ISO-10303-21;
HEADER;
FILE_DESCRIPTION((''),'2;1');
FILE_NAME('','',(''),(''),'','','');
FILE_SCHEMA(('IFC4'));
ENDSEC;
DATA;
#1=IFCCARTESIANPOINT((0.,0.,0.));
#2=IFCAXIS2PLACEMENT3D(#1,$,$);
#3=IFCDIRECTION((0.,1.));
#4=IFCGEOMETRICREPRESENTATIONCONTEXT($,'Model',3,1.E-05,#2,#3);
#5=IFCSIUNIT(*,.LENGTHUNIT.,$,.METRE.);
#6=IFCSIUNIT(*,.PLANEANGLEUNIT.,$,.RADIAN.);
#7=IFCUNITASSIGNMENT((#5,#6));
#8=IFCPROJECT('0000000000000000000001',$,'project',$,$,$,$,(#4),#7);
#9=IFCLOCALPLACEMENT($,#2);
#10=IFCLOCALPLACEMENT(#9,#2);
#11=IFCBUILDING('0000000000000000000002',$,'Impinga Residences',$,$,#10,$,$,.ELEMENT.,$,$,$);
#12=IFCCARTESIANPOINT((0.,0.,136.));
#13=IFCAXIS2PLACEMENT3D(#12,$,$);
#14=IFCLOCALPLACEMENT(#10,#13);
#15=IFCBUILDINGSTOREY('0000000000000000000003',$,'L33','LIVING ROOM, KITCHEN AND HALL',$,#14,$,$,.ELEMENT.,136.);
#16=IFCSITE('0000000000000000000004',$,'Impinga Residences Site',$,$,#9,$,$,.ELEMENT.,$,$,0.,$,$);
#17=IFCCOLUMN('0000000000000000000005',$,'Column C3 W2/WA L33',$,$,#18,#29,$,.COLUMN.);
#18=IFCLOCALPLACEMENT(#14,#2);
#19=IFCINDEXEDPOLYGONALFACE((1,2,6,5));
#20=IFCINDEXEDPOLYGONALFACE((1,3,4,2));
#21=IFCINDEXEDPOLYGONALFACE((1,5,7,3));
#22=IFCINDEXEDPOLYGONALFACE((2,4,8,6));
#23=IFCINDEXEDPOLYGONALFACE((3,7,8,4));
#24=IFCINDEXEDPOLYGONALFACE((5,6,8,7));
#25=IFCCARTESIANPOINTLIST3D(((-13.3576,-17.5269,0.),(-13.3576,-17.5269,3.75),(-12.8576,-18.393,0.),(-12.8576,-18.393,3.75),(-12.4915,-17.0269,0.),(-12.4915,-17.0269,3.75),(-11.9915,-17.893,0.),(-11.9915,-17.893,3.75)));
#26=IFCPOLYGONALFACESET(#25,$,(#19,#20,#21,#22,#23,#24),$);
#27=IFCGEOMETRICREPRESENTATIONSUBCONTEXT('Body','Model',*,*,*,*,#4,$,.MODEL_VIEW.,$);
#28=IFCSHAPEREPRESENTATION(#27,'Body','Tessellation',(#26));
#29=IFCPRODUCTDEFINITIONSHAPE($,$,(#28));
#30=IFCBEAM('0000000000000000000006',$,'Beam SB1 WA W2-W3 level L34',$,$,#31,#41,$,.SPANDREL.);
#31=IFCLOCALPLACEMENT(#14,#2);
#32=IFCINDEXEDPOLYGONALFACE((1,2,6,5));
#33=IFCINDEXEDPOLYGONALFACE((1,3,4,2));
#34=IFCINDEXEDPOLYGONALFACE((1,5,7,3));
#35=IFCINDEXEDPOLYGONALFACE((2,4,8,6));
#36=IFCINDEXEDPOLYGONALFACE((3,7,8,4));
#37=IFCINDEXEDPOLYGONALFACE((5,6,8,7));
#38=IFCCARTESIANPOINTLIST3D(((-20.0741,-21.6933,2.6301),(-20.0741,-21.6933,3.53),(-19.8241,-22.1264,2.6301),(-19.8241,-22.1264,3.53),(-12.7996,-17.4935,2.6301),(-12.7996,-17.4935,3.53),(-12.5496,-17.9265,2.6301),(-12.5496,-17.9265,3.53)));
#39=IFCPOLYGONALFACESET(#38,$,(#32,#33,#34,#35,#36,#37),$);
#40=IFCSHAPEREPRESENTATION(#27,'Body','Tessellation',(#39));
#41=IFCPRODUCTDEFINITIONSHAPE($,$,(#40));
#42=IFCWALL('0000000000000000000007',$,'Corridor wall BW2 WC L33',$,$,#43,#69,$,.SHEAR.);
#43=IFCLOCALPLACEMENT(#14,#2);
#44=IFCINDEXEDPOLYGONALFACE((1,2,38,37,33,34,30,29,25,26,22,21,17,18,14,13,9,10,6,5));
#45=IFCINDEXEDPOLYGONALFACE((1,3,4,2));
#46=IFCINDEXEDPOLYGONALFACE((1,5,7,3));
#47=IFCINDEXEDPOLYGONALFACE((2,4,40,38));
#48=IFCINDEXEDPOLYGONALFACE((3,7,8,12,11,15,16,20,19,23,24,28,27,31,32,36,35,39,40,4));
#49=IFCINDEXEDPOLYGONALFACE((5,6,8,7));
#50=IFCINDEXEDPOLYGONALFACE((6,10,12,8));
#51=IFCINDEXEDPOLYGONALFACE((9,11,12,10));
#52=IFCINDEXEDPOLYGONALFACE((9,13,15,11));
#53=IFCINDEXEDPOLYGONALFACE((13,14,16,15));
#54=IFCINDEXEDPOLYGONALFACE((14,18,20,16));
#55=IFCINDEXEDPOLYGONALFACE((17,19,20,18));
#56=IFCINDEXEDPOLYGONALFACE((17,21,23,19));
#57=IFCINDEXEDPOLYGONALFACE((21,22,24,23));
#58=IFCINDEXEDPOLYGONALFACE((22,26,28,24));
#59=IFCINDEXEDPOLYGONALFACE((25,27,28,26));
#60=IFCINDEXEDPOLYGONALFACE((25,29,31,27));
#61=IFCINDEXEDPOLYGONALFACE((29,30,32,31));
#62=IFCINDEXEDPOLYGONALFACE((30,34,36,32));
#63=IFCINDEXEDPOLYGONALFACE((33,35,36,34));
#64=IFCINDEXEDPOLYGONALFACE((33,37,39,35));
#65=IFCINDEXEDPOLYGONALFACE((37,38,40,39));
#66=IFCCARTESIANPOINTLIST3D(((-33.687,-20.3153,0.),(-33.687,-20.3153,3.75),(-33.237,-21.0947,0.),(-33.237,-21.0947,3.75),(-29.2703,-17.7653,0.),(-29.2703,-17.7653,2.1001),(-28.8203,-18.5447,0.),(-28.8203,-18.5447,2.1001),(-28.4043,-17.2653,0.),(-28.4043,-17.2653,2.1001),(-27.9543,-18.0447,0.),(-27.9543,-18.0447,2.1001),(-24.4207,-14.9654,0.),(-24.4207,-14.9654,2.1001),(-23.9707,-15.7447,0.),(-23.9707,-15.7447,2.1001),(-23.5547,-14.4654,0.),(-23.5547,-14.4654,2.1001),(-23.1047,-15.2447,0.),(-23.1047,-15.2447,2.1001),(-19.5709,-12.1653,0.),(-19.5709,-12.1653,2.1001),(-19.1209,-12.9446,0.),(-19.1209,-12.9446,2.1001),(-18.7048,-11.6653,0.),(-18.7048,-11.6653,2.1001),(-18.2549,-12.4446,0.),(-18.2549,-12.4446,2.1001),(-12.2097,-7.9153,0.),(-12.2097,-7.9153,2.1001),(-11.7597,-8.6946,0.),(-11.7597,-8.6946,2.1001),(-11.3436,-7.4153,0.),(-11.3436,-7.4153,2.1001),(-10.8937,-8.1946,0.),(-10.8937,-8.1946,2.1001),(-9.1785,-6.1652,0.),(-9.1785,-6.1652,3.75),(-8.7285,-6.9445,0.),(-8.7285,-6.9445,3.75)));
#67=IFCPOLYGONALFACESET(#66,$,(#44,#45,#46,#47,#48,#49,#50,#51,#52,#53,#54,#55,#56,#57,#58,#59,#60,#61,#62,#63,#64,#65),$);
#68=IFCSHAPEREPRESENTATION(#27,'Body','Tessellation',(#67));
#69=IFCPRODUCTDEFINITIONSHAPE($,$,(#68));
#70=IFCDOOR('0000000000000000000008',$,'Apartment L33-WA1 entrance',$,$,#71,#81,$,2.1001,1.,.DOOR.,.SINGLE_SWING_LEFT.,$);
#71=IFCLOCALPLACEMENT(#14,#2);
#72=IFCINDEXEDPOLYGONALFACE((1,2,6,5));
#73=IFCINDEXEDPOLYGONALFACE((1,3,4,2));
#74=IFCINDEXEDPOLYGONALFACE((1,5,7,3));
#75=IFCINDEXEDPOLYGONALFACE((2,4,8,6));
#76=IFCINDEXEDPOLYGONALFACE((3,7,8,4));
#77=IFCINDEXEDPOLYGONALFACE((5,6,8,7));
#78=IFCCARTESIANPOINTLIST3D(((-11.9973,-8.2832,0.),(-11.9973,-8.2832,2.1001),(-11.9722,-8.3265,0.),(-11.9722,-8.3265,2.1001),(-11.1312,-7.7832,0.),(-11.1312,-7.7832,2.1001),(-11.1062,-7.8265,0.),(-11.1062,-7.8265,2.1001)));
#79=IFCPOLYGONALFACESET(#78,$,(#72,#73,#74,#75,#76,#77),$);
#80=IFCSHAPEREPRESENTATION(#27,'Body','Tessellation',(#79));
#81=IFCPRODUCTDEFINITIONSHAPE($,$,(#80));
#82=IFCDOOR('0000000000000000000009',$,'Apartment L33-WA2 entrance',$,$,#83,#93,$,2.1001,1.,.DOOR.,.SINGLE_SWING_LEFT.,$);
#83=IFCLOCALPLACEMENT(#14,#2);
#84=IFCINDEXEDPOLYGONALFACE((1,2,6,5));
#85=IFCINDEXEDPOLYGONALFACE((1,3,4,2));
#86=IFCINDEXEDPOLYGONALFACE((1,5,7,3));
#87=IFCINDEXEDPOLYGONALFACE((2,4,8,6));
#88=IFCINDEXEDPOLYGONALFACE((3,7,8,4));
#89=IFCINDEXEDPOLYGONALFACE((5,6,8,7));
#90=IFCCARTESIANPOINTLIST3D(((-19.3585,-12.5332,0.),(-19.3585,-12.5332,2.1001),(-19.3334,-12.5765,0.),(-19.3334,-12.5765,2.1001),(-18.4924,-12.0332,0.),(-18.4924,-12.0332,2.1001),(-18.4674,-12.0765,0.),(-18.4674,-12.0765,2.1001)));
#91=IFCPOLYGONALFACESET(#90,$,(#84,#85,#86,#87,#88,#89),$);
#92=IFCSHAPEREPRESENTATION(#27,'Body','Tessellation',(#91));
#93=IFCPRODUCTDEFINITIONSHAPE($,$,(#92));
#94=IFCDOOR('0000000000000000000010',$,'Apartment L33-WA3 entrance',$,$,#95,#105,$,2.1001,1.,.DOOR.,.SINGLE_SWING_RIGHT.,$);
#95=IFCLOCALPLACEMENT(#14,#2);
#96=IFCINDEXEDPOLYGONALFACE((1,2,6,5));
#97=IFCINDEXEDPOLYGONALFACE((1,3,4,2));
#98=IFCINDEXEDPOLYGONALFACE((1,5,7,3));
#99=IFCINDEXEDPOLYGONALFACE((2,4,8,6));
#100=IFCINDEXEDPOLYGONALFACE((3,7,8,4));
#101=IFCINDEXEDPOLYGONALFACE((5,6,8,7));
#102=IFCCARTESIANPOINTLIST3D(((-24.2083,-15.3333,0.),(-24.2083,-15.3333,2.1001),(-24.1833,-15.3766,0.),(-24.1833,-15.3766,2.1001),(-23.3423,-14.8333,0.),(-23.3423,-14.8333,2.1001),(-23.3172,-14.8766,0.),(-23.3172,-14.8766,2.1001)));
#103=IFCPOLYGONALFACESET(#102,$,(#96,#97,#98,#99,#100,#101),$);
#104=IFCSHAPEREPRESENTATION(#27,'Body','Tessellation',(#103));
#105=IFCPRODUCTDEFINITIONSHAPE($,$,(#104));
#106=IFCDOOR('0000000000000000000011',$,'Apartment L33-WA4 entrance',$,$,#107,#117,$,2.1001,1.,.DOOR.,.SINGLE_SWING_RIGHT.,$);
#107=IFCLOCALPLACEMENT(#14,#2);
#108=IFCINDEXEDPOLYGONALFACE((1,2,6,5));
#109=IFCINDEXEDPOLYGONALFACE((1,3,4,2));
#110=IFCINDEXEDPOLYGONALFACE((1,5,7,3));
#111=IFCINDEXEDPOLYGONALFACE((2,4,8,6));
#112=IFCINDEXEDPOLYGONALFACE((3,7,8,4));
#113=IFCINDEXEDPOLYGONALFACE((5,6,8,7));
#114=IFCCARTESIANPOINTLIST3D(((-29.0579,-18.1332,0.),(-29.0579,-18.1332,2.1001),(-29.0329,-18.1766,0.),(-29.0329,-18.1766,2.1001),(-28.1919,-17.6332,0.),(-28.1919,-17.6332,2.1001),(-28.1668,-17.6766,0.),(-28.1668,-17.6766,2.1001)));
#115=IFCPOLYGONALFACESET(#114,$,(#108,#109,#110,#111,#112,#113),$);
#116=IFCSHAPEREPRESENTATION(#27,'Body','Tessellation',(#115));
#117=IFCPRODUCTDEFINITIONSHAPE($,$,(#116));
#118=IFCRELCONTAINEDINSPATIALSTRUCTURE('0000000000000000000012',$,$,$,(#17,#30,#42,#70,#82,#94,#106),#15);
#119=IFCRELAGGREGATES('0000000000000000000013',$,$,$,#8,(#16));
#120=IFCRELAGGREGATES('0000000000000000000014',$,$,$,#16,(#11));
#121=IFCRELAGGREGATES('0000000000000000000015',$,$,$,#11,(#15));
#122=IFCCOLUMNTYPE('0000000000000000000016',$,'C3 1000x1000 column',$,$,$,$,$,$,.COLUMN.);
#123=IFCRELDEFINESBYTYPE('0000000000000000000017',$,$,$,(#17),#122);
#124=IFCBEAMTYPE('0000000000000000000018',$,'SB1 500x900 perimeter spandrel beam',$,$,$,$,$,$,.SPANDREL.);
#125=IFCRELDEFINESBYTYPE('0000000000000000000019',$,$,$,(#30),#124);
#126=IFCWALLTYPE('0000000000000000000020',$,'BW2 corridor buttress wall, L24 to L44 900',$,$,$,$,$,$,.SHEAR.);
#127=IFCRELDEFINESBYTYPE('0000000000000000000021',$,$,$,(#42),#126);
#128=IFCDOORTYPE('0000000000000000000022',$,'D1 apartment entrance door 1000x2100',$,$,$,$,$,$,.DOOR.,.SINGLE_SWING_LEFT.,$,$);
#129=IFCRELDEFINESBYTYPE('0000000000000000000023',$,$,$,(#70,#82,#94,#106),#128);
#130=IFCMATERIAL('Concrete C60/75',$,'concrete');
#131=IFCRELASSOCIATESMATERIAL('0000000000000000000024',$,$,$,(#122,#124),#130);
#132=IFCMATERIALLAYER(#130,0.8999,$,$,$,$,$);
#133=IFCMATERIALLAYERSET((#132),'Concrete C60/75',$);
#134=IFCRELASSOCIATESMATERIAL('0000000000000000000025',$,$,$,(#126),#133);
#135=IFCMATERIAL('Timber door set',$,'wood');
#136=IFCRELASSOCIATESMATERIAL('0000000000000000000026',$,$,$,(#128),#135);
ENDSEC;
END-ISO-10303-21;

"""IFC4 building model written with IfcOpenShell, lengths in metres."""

from ifc_helpers import new_model, si_unit, direction, frame, frame_2d, origin, origin_2d, place, context, subcontext, project, spatial, rectangle, extrude, material, layer, layer_set, material_profile, profile_set, type_object, element, fill, save


model = new_model("IFC4")

# Units and contexts
model_context = context("Model", 3, precision=1e-05, world=origin(), true_north=direction((0.0, 1.0)))
body_context = subcontext(model_context, "Body", "Model", "MODEL_VIEW")
ifc_project = project(units=[si_unit("LENGTHUNIT", "METRE"), si_unit("PLANEANGLEUNIT", "RADIAN")], contexts=[model_context])

# Site, building, storey
site_placement = place(None, origin())
site = spatial("IfcSite", under=ifc_project, at=site_placement, Name="Impinga Residences Site", CompositionType="ELEMENT", RefElevation=0.0)
building_placement = place(site_placement, origin())
building = spatial("IfcBuilding", under=site, at=building_placement, Name="Impinga Residences", CompositionType="ELEMENT")
storey_placement = place(building_placement, frame((0.0, 0.0, 136.0)))
storey = spatial("IfcBuildingStorey", under=building, at=storey_placement, Name="L33", Description="LIVING ROOM, KITCHEN AND HALL", CompositionType="ELEMENT", Elevation=136.0)

# Column
ifc_material_1 = material(Name="Concrete C60/75", Category="concrete")
ifc_material_profile_1 = material_profile(ifc_material_1, rectangle(XDim=1.0, YDim=1.0, at=origin_2d()), Name="RC 1000x1000")
ifc_profile_set_1 = profile_set([ifc_material_profile_1], Name="Concrete C60/75")
column_type = type_object("IfcColumnType", Name="C3 1000x1000 column", PredefinedType="COLUMN", material=ifc_profile_set_1)
column_placement = place(storey_placement, frame((-12.6746, -17.71, 0.0), z_axis=(0.0, 0.0, 1.0), x_axis=(-0.5, 0.866025, 0.0)))
element("IfcColumn", 1, at=column_placement, inside=storey, type_object=column_type, Name="Column C3 W2/WA L33", PredefinedType="COLUMN", context=body_context, shape_type="SweptSolid", body=[
    extrude(rectangle(XDim=1.0, YDim=1.0, at=origin_2d()), origin(), (0.0, 0.0, 1.0), 3.75),
])

# Beam
ifc_material_profile_2 = material_profile(ifc_material_1, rectangle(XDim=0.5, YDim=0.8999, at=origin_2d()), Name="RC 500x900")
ifc_profile_set_2 = profile_set([ifc_material_profile_2], Name="Concrete C60/75")
beam_type = type_object("IfcBeamType", Name="SB1 500x900 perimeter spandrel beam", PredefinedType="SPANDREL", material=ifc_profile_set_2)
beam_placement = place(storey_placement, frame((-12.6746, -17.71, 3.0801), z_axis=(-0.866029, -0.499993, 0.0), x_axis=(0.499993, -0.866029, 0.0)))
element("IfcBeam", 2, at=beam_placement, inside=storey, type_object=beam_type, Name="Beam SB1 WA W2-W3 level L34", PredefinedType="SPANDREL", context=body_context, shape_type="SweptSolid", body=[
    extrude(rectangle(XDim=0.5, YDim=0.8999, at=origin_2d()), origin(), (0.0, 0.0, 1.0), 8.3999),
])

# Wall, openings, doors
ifc_layer_1 = layer(ifc_material_1, 0.8999)
ifc_layer_set_1 = layer_set([ifc_layer_1], Name="Concrete C60/75")
wall_type_1 = type_object("IfcWallType", Name="BW2 corridor buttress wall, L24 to L44 900", PredefinedType="SHEAR", material=ifc_layer_set_1)
wall_1_placement = place(storey_placement, frame((-8.9536, -6.5549, 0.0), z_axis=(0.0, 0.0, 1.0), x_axis=(-0.866023, -0.500003, 0.0)))
wall_1 = element("IfcWall", 3, at=wall_1_placement, inside=storey, type_object=wall_type_1, Name="Corridor wall BW2 WC L33", PredefinedType="SHEAR", context=body_context, shape_type="SweptSolid", body=[
    extrude(rectangle(XDim=28.3, YDim=0.8999, at=frame_2d((14.1499, 0.0))), origin(), (0.0, 0.0, 1.0), 3.75),
])
opening_1_placement = place(wall_1_placement, frame((2.5, 0.0, 0.0)))
opening_1 = element("IfcOpeningElement", 4, at=opening_1_placement, cuts=wall_1, PredefinedType="OPENING", context=body_context, shape_type="SweptSolid", body=[
    extrude(rectangle(XDim=1.0, YDim=2.1001, at=frame_2d((0.5, 1.05))), frame((0.0, 0.46, 0.0), z_axis=(0.0, -1.0, 0.0), x_axis=(1.0, 0.0, 0.0)), (0.0, 0.0, 1.0), 0.9199),
])
opening_2_placement = place(wall_1_placement, frame((11.0, 0.0, 0.0)))
opening_2 = element("IfcOpeningElement", 5, at=opening_2_placement, cuts=wall_1, PredefinedType="OPENING", context=body_context, shape_type="SweptSolid", body=[
    extrude(rectangle(XDim=1.0, YDim=2.1001, at=frame_2d((0.5, 1.05))), frame((0.0, 0.46, 0.0), z_axis=(0.0, -1.0, 0.0), x_axis=(1.0, 0.0, 0.0)), (0.0, 0.0, 1.0), 0.9199),
])
opening_3_placement = place(wall_1_placement, frame((16.6001, 0.0, 0.0)))
opening_3 = element("IfcOpeningElement", 6, at=opening_3_placement, cuts=wall_1, PredefinedType="OPENING", context=body_context, shape_type="SweptSolid", body=[
    extrude(rectangle(XDim=1.0, YDim=2.1001, at=frame_2d((0.5, 1.05))), frame((0.0, 0.46, 0.0), z_axis=(0.0, -1.0, 0.0), x_axis=(1.0, 0.0, 0.0)), (0.0, 0.0, 1.0), 0.9199),
])
opening_4_placement = place(wall_1_placement, frame((22.2, 0.0, 0.0)))
opening_4 = element("IfcOpeningElement", 7, at=opening_4_placement, cuts=wall_1, PredefinedType="OPENING", context=body_context, shape_type="SweptSolid", body=[
    extrude(rectangle(XDim=1.0, YDim=2.1001, at=frame_2d((0.5, 1.05))), frame((0.0, 0.46, 0.0), z_axis=(0.0, -1.0, 0.0), x_axis=(1.0, 0.0, 0.0)), (0.0, 0.0, 1.0), 0.9199),
])
ifc_material_2 = material(Name="Timber door set", Category="wood")
door_type_1 = type_object("IfcDoorType", Name="D1 apartment entrance door 1000x2100", OperationType="SINGLE_SWING_LEFT", PredefinedType="DOOR", material=ifc_material_2)
door_1_placement = place(opening_1_placement, origin())
door_1 = element("IfcDoor", 8, at=door_1_placement, inside=storey, type_object=door_type_1, Name="Apartment L33-WA1 entrance", OperationType="SINGLE_SWING_LEFT", OverallHeight=2.1001, OverallWidth=1.0, PredefinedType="DOOR", context=body_context, shape_type="SweptSolid", body=[
    extrude(rectangle(XDim=1.0, YDim=2.1001, at=frame_2d((0.5, 1.05))), frame((0.0, 0.0249, 0.0), z_axis=(0.0, -1.0, 0.0), x_axis=(1.0, 0.0, 0.0)), (0.0, 0.0, 1.0), 0.05),
])
fill(opening_1, door_1)
door_2_placement = place(opening_2_placement, origin())
door_2 = element("IfcDoor", 9, at=door_2_placement, inside=storey, type_object=door_type_1, Name="Apartment L33-WA2 entrance", OperationType="SINGLE_SWING_LEFT", OverallHeight=2.1001, OverallWidth=1.0, PredefinedType="DOOR", context=body_context, shape_type="SweptSolid", body=[
    extrude(rectangle(XDim=1.0, YDim=2.1001, at=frame_2d((0.5, 1.05))), frame((0.0, 0.0249, 0.0), z_axis=(0.0, -1.0, 0.0), x_axis=(1.0, 0.0, 0.0)), (0.0, 0.0, 1.0), 0.05),
])
fill(opening_2, door_2)
door_3_placement = place(opening_3_placement, origin())
door_3 = element("IfcDoor", 10, at=door_3_placement, inside=storey, type_object=door_type_1, Name="Apartment L33-WA3 entrance", OperationType="SINGLE_SWING_RIGHT", OverallHeight=2.1001, OverallWidth=1.0, PredefinedType="DOOR", context=body_context, shape_type="SweptSolid", body=[
    extrude(rectangle(XDim=1.0, YDim=2.1001, at=frame_2d((0.5, 1.05))), frame((0.0, 0.0249, 0.0), z_axis=(0.0, -1.0, 0.0), x_axis=(1.0, 0.0, 0.0)), (0.0, 0.0, 1.0), 0.05),
])
fill(opening_3, door_3)
door_4_placement = place(opening_4_placement, origin())
door_4 = element("IfcDoor", 11, at=door_4_placement, inside=storey, type_object=door_type_1, Name="Apartment L33-WA4 entrance", OperationType="SINGLE_SWING_RIGHT", OverallHeight=2.1001, OverallWidth=1.0, PredefinedType="DOOR", context=body_context, shape_type="SweptSolid", body=[
    extrude(rectangle(XDim=1.0, YDim=2.1001, at=frame_2d((0.5, 1.05))), frame((0.0, 0.0249, 0.0), z_axis=(0.0, -1.0, 0.0), x_axis=(1.0, 0.0, 0.0)), (0.0, 0.0, 1.0), 0.05),
])
fill(opening_4, door_4)

save(model, "model.ifc")
